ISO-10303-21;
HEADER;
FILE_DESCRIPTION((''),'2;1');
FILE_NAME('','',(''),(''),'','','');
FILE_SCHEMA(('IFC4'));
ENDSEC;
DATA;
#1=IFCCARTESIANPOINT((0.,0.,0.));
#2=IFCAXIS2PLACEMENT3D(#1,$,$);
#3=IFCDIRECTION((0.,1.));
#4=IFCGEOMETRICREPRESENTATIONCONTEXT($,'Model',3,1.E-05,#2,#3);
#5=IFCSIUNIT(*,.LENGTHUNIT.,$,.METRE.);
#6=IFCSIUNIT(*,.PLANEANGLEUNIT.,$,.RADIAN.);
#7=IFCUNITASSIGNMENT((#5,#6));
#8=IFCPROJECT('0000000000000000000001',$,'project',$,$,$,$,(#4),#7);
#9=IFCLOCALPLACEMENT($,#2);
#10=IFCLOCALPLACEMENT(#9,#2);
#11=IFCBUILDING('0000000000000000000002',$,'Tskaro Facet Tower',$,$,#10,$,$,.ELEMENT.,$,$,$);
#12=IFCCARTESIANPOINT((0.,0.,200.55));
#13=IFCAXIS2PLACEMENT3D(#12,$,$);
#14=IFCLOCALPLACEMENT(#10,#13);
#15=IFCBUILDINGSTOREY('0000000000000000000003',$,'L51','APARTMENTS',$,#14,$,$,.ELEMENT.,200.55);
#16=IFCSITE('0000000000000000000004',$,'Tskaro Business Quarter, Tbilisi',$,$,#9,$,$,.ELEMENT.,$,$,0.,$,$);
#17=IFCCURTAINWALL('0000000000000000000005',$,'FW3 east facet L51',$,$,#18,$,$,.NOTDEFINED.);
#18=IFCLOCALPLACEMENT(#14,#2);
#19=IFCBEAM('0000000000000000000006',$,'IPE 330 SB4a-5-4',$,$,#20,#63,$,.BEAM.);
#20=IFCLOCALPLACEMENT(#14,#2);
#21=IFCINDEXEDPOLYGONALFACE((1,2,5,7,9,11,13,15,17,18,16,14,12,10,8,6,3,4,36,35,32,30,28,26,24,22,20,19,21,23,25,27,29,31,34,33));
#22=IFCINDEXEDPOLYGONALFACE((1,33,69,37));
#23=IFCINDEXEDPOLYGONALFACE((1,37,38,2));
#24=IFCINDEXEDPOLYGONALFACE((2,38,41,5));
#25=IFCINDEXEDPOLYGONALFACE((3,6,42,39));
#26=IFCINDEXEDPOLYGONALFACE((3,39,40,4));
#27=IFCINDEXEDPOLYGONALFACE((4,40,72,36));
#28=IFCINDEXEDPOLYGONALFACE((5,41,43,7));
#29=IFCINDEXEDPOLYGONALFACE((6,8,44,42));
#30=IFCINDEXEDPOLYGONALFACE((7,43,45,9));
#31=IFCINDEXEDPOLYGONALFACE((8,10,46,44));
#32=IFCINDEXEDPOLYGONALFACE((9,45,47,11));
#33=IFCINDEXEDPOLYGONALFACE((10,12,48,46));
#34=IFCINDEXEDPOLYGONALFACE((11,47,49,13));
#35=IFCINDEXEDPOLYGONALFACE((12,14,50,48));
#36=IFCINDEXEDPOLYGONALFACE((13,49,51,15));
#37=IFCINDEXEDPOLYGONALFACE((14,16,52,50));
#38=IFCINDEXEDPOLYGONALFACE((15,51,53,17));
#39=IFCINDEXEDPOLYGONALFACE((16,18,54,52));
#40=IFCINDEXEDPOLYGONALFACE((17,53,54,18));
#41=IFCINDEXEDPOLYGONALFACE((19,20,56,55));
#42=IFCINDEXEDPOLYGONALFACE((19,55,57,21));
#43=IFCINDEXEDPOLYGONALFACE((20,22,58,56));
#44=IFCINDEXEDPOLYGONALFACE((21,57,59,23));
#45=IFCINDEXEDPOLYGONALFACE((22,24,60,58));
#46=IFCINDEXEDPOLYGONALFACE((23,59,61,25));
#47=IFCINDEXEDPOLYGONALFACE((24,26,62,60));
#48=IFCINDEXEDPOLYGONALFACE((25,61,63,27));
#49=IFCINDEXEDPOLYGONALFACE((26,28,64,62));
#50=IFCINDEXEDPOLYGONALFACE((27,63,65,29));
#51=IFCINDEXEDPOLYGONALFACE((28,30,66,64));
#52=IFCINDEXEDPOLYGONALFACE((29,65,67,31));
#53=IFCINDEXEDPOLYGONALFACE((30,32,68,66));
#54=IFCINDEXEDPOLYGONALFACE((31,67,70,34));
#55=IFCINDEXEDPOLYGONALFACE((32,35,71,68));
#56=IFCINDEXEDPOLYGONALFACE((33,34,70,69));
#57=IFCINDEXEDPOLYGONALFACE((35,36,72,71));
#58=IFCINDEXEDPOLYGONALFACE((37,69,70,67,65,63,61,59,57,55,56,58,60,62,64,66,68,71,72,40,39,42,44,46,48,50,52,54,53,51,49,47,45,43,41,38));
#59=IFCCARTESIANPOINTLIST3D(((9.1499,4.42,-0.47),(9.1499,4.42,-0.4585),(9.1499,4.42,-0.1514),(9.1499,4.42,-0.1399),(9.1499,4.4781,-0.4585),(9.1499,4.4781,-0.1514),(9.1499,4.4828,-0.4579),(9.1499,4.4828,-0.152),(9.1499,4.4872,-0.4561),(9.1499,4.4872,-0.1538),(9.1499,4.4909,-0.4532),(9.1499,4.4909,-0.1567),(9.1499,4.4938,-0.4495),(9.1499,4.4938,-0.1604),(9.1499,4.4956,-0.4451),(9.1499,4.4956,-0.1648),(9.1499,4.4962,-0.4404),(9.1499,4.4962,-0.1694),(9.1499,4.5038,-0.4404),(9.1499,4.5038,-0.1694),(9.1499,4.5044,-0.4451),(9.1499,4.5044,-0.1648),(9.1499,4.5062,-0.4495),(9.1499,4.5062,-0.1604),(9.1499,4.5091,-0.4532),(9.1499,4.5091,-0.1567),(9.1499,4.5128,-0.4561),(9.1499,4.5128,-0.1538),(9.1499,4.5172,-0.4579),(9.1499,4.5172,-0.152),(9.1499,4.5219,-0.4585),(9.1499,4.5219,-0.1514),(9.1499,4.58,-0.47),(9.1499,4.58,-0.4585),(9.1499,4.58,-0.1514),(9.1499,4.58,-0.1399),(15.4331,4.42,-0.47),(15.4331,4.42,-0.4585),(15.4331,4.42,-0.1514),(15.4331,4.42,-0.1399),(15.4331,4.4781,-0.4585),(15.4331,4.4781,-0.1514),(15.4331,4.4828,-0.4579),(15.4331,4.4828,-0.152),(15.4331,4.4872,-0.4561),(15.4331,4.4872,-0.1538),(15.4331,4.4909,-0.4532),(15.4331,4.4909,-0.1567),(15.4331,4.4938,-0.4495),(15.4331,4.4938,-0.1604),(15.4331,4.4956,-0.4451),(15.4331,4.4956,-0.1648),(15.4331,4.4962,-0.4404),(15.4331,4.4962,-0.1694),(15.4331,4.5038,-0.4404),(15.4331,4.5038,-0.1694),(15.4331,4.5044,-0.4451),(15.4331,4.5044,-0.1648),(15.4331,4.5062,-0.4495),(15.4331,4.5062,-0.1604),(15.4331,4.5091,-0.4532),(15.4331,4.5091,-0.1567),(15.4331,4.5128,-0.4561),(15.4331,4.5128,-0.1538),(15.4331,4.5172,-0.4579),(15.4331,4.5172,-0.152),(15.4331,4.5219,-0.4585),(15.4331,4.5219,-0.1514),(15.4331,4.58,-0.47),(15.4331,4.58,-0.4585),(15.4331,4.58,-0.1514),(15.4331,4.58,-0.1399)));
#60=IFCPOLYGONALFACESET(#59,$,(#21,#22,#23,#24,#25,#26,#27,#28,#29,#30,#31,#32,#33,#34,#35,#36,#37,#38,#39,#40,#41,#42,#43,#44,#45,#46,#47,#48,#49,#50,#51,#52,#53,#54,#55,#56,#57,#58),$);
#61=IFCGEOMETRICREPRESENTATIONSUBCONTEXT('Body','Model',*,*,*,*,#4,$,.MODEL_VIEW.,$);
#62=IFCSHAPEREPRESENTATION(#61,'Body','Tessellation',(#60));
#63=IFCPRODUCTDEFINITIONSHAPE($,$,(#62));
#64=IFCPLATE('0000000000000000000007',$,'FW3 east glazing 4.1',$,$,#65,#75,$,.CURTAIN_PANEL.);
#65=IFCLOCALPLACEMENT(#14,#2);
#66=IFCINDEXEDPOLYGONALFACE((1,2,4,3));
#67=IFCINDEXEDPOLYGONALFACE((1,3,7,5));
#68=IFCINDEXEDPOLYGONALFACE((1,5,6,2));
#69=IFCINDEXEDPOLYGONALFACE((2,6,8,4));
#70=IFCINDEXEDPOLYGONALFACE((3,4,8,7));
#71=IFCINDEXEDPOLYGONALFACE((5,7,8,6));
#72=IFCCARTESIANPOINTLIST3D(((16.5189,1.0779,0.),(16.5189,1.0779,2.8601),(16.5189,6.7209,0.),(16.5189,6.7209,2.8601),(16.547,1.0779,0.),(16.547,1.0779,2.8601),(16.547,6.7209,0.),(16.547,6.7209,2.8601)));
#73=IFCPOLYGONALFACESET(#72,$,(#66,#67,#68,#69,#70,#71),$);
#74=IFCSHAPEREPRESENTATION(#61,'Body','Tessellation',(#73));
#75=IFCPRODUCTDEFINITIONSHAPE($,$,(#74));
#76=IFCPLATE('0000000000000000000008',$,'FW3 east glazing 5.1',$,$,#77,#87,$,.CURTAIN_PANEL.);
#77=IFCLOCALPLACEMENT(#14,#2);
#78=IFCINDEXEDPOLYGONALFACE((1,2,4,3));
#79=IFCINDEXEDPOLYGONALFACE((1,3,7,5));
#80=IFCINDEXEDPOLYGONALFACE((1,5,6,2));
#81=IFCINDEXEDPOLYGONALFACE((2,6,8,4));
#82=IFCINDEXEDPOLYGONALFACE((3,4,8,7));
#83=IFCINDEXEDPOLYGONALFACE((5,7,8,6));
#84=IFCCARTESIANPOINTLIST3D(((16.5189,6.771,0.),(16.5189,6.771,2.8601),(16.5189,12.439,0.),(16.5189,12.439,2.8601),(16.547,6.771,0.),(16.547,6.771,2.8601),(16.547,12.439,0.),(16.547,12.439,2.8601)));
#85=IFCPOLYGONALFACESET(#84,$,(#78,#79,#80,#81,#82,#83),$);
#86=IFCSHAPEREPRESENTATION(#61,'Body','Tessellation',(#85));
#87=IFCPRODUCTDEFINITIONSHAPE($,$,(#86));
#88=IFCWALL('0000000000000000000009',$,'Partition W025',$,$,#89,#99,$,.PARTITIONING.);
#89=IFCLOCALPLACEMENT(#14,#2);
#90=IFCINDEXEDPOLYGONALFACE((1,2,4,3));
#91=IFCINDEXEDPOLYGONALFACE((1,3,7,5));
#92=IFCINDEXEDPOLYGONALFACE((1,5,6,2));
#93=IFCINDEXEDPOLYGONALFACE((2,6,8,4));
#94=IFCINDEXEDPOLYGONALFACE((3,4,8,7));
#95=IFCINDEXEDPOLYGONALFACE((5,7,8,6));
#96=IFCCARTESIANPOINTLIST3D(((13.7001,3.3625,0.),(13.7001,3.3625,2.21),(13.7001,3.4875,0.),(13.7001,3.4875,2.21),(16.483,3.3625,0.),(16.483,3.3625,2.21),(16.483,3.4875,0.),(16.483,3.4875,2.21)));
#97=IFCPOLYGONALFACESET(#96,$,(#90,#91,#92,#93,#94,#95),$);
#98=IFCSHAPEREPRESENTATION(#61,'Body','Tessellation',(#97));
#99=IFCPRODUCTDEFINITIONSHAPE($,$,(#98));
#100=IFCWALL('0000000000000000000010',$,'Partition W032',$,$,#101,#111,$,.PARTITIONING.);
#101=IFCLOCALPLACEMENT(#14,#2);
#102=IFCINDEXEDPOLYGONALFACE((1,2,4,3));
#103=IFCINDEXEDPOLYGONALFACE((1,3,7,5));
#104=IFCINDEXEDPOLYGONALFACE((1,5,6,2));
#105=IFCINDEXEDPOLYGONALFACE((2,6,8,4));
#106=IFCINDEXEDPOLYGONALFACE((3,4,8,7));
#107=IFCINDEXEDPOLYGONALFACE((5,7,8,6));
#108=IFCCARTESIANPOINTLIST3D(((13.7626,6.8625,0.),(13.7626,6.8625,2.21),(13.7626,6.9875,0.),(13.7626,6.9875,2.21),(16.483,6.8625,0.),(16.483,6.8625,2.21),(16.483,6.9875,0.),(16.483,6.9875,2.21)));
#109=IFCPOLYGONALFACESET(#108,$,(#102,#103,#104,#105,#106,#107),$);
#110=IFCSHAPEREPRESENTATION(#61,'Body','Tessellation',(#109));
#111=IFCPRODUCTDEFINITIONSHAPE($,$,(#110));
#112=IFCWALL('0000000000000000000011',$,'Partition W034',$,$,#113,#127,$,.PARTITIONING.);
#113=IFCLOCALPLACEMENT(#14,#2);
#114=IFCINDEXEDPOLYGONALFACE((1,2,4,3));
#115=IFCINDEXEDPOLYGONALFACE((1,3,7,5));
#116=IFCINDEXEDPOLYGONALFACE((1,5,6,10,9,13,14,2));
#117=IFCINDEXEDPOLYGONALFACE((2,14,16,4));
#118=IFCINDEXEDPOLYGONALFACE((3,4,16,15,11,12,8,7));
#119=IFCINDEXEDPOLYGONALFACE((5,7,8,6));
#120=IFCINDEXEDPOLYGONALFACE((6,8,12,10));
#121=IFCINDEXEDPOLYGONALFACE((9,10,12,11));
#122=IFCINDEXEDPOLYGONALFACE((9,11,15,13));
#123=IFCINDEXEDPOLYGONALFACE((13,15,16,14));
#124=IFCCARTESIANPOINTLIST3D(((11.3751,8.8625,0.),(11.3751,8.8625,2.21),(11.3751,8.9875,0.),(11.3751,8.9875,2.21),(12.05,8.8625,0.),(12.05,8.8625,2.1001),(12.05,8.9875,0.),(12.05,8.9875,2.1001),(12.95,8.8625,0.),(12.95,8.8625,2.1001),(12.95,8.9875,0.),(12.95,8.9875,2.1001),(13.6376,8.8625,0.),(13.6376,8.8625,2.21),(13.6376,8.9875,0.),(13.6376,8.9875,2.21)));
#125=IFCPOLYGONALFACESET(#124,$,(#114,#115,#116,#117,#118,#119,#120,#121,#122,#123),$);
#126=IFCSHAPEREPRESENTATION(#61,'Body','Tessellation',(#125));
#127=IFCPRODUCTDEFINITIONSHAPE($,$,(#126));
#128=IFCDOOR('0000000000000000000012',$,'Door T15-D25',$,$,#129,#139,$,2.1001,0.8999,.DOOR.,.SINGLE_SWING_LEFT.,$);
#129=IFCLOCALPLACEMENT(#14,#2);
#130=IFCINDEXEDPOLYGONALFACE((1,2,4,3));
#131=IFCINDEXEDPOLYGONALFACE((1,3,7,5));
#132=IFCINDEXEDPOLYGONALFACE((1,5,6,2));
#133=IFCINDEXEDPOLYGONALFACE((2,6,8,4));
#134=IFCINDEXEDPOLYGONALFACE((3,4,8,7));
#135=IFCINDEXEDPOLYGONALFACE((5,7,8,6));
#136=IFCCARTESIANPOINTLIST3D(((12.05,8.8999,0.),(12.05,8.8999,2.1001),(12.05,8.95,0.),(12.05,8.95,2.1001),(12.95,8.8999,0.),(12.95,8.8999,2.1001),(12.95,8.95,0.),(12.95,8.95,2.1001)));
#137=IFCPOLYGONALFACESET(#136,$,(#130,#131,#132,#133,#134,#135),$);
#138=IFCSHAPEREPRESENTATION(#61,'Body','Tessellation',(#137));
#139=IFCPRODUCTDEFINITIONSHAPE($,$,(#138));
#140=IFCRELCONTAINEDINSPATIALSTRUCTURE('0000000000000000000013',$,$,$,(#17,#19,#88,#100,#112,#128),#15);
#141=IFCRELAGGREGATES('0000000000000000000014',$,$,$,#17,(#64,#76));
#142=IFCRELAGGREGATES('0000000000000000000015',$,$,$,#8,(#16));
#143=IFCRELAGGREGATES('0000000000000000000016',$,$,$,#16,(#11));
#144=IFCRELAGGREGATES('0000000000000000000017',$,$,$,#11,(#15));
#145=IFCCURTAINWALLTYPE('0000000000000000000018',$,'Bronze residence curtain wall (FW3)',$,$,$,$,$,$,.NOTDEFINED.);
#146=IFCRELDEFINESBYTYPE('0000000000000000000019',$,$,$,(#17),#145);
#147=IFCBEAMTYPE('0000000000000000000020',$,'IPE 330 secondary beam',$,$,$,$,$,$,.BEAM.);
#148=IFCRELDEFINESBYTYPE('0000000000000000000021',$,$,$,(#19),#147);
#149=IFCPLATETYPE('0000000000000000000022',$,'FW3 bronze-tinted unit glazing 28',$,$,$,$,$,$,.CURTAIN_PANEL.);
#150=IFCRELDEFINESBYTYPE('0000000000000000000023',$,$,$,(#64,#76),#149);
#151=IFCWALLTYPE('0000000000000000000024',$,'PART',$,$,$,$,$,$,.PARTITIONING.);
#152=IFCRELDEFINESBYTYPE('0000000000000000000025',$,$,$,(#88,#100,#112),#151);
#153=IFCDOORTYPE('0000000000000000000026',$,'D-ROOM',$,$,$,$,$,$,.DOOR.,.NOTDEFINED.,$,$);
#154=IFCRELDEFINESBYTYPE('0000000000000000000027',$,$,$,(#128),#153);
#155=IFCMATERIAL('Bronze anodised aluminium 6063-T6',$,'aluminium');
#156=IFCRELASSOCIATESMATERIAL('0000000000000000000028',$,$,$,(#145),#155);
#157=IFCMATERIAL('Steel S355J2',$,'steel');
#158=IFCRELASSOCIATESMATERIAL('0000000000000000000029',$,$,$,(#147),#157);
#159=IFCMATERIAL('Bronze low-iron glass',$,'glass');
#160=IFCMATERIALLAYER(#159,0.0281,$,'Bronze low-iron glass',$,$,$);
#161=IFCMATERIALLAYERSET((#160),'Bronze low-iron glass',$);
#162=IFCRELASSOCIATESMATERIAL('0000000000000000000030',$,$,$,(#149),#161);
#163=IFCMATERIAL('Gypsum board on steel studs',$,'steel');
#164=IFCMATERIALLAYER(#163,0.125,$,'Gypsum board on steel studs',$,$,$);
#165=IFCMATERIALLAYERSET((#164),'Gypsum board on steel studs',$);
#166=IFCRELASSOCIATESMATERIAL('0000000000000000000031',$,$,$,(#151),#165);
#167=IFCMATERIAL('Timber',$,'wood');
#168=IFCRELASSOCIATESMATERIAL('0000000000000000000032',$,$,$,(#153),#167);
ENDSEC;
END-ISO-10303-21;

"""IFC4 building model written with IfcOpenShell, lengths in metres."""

from ifc_helpers import new_model, si_unit, direction, frame, frame_2d, origin, origin_2d, place, context, subcontext, project, spatial, rectangle, i_section, extrude, material, layer, layer_set, material_profile, profile_set, type_object, element, fill, aggregate, save


model = new_model("IFC4")

# Units and contexts
model_context = context("Model", 3, precision=1e-05, world=origin(), true_north=direction((0.0, 1.0)))
body_context = subcontext(model_context, "Body", "Model", "MODEL_VIEW")
ifc_project = project(units=[si_unit("LENGTHUNIT", "METRE"), si_unit("PLANEANGLEUNIT", "RADIAN")], contexts=[model_context])

# Site, building, storey
site_placement = place(None, origin())
site = spatial("IfcSite", under=ifc_project, at=site_placement, Name="Tskaro Business Quarter, Tbilisi", CompositionType="ELEMENT", RefElevation=0.0)
building_placement = place(site_placement, origin())
building = spatial("IfcBuilding", under=site, at=building_placement, Name="Tskaro Facet Tower", CompositionType="ELEMENT")
storey_placement = place(building_placement, frame((0.0, 0.0, 200.55)))
storey = spatial("IfcBuildingStorey", under=building, at=storey_placement, Name="L51", Description="APARTMENTS", CompositionType="ELEMENT", Elevation=200.55)

# Curtain wall
ifc_material_1 = material(Name="Bronze anodised aluminium 6063-T6", Category="aluminium")
curtain_wall_type = type_object("IfcCurtainWallType", Name="Bronze residence curtain wall (FW3)", PredefinedType="NOTDEFINED", material=ifc_material_1)
curtain_wall_placement = place(storey_placement, origin())
curtain_wall = element("IfcCurtainWall", 1, at=curtain_wall_placement, inside=storey, type_object=curtain_wall_type, Name="FW3 east facet L51", PredefinedType="NOTDEFINED")

# Beam
ifc_material_2 = material(Name="Steel S355J2", Category="steel")
ifc_material_profile_1 = material_profile(ifc_material_2, i_section(OverallWidth=0.1599, OverallDepth=0.3301, WebThickness=0.0076, FlangeThickness=0.0115, FilletRadius=0.0181, at=origin_2d()), Name="IPE 330")
ifc_profile_set_1 = profile_set([ifc_material_profile_1], Name="Steel S355J2")
beam_type_1 = type_object("IfcBeamType", Name="IPE 330 secondary beam", PredefinedType="BEAM", material=ifc_profile_set_1)
beam_1_placement = place(storey_placement, frame((9.1499, 4.5, -0.3049), z_axis=(1.0, 0.0, 0.0), x_axis=(0.0, 1.0, 0.0)))
element("IfcBeam", 2, at=beam_1_placement, inside=storey, type_object=beam_type_1, Name="IPE 330 SB4a-5-4", PredefinedType="BEAM", context=body_context, shape_type="SweptSolid", body=[
    extrude(i_section(OverallWidth=0.1599, OverallDepth=0.3301, WebThickness=0.0076, FlangeThickness=0.0115, FilletRadius=0.0181, at=origin_2d()), origin(), (0.0, 0.0, 1.0), 6.2832),
])

# Plates
ifc_material_3 = material(Name="Bronze low-iron glass", Category="glass")
ifc_layer_1 = layer(ifc_material_3, 0.0281, Name="Bronze low-iron glass")
ifc_layer_set_1 = layer_set([ifc_layer_1], Name="Bronze low-iron glass")
plate_type = type_object("IfcPlateType", Name="FW3 bronze-tinted unit glazing 28", PredefinedType="CURTAIN_PANEL", material=ifc_layer_set_1)
plate_1_placement = place(storey_placement, frame((16.533, 3.8994, 0.0), z_axis=(0.0, 0.0, 1.0), x_axis=(0.0, 1.0, 0.0)))
plate_1 = element("IfcPlate", 3, at=plate_1_placement, type_object=plate_type, Name="FW3 east glazing 4.1", PredefinedType="CURTAIN_PANEL", context=body_context, shape_type="SweptSolid", body=[
    extrude(rectangle(XDim=5.6431, YDim=0.0281, at=origin_2d()), origin(), (0.0, 0.0, 1.0), 2.8601),
])
plate_2_placement = place(storey_placement, frame((16.533, 9.605, 0.0), z_axis=(0.0, 0.0, 1.0), x_axis=(0.0, 1.0, 0.0)))
plate_2 = element("IfcPlate", 4, at=plate_2_placement, type_object=plate_type, Name="FW3 east glazing 5.1", PredefinedType="CURTAIN_PANEL", context=body_context, shape_type="SweptSolid", body=[
    extrude(rectangle(XDim=5.668, YDim=0.0281, at=origin_2d()), origin(), (0.0, 0.0, 1.0), 2.8601),
])
aggregate(curtain_wall, [plate_1, plate_2])

# Walls
ifc_material_4 = material(Name="Gypsum board on steel studs", Category="steel")
ifc_layer_2 = layer(ifc_material_4, 0.125, Name="Gypsum board on steel studs")
ifc_layer_set_2 = layer_set([ifc_layer_2], Name="Gypsum board on steel studs")
wall_type_1 = type_object("IfcWallType", Name="PART", PredefinedType="PARTITIONING", material=ifc_layer_set_2)
wall_1_placement = place(storey_placement, frame((13.7, 3.425, 0.0), z_axis=(0.0, 0.0, 1.0), x_axis=(1.0, 0.0, 0.0)))
element("IfcWall", 5, at=wall_1_placement, inside=storey, type_object=wall_type_1, Name="Partition W025", PredefinedType="PARTITIONING", context=body_context, shape_type="SweptSolid", body=[
    extrude(rectangle(XDim=2.783, YDim=0.125, at=frame_2d((1.3916, 0.0))), origin(), (0.0, 0.0, 1.0), 2.21),
])
wall_2_placement = place(storey_placement, frame((13.7625, 6.925, 0.0), z_axis=(0.0, 0.0, 1.0), x_axis=(1.0, 0.0, 0.0)))
element("IfcWall", 6, at=wall_2_placement, inside=storey, type_object=wall_type_1, Name="Partition W032", PredefinedType="PARTITIONING", context=body_context, shape_type="SweptSolid", body=[
    extrude(rectangle(XDim=2.7205, YDim=0.125, at=frame_2d((1.3604, 0.0))), origin(), (0.0, 0.0, 1.0), 2.21),
])

# Wall, opening, door
wall_3_placement = place(storey_placement, frame((11.375, 8.925, 0.0), z_axis=(0.0, 0.0, 1.0), x_axis=(1.0, 0.0, 0.0)))
wall_3 = element("IfcWall", 7, at=wall_3_placement, inside=storey, type_object=wall_type_1, Name="Partition W034", PredefinedType="PARTITIONING", context=body_context, shape_type="SweptSolid", body=[
    extrude(rectangle(XDim=2.2625, YDim=0.125, at=frame_2d((1.1313, 0.0))), origin(), (0.0, 0.0, 1.0), 2.21),
])
opening_1_placement = place(wall_3_placement, frame((0.675, 0.0, 0.0)))
opening_1 = element("IfcOpeningElement", 8, at=opening_1_placement, cuts=wall_3, PredefinedType="OPENING", context=body_context, shape_type="SweptSolid", body=[
    extrude(rectangle(XDim=0.8999, YDim=2.1001, at=frame_2d((0.45, 1.05))), frame((0.0, 0.0725, 0.0), z_axis=(0.0, -1.0, 0.0), x_axis=(1.0, 0.0, 0.0)), (0.0, 0.0, 1.0), 0.145),
])
ifc_material_5 = material(Name="Timber", Category="wood")
door_type_1 = type_object("IfcDoorType", Name="D-ROOM", OperationType="NOTDEFINED", PredefinedType="DOOR", material=ifc_material_5)
door_1_placement = place(opening_1_placement, origin())
door_1 = element("IfcDoor", 9, at=door_1_placement, inside=storey, type_object=door_type_1, Name="Door T15-D25", OperationType="SINGLE_SWING_LEFT", OverallHeight=2.1001, OverallWidth=0.8999, PredefinedType="DOOR", context=body_context, shape_type="SweptSolid", body=[
    extrude(rectangle(XDim=0.8999, YDim=2.1001, at=frame_2d((0.45, 1.05))), frame((0.0, 0.0249, 0.0), z_axis=(0.0, -1.0, 0.0), x_axis=(1.0, 0.0, 0.0)), (0.0, 0.0, 1.0), 0.05),
])
fill(opening_1, door_1)

save(model, "model.ifc")
